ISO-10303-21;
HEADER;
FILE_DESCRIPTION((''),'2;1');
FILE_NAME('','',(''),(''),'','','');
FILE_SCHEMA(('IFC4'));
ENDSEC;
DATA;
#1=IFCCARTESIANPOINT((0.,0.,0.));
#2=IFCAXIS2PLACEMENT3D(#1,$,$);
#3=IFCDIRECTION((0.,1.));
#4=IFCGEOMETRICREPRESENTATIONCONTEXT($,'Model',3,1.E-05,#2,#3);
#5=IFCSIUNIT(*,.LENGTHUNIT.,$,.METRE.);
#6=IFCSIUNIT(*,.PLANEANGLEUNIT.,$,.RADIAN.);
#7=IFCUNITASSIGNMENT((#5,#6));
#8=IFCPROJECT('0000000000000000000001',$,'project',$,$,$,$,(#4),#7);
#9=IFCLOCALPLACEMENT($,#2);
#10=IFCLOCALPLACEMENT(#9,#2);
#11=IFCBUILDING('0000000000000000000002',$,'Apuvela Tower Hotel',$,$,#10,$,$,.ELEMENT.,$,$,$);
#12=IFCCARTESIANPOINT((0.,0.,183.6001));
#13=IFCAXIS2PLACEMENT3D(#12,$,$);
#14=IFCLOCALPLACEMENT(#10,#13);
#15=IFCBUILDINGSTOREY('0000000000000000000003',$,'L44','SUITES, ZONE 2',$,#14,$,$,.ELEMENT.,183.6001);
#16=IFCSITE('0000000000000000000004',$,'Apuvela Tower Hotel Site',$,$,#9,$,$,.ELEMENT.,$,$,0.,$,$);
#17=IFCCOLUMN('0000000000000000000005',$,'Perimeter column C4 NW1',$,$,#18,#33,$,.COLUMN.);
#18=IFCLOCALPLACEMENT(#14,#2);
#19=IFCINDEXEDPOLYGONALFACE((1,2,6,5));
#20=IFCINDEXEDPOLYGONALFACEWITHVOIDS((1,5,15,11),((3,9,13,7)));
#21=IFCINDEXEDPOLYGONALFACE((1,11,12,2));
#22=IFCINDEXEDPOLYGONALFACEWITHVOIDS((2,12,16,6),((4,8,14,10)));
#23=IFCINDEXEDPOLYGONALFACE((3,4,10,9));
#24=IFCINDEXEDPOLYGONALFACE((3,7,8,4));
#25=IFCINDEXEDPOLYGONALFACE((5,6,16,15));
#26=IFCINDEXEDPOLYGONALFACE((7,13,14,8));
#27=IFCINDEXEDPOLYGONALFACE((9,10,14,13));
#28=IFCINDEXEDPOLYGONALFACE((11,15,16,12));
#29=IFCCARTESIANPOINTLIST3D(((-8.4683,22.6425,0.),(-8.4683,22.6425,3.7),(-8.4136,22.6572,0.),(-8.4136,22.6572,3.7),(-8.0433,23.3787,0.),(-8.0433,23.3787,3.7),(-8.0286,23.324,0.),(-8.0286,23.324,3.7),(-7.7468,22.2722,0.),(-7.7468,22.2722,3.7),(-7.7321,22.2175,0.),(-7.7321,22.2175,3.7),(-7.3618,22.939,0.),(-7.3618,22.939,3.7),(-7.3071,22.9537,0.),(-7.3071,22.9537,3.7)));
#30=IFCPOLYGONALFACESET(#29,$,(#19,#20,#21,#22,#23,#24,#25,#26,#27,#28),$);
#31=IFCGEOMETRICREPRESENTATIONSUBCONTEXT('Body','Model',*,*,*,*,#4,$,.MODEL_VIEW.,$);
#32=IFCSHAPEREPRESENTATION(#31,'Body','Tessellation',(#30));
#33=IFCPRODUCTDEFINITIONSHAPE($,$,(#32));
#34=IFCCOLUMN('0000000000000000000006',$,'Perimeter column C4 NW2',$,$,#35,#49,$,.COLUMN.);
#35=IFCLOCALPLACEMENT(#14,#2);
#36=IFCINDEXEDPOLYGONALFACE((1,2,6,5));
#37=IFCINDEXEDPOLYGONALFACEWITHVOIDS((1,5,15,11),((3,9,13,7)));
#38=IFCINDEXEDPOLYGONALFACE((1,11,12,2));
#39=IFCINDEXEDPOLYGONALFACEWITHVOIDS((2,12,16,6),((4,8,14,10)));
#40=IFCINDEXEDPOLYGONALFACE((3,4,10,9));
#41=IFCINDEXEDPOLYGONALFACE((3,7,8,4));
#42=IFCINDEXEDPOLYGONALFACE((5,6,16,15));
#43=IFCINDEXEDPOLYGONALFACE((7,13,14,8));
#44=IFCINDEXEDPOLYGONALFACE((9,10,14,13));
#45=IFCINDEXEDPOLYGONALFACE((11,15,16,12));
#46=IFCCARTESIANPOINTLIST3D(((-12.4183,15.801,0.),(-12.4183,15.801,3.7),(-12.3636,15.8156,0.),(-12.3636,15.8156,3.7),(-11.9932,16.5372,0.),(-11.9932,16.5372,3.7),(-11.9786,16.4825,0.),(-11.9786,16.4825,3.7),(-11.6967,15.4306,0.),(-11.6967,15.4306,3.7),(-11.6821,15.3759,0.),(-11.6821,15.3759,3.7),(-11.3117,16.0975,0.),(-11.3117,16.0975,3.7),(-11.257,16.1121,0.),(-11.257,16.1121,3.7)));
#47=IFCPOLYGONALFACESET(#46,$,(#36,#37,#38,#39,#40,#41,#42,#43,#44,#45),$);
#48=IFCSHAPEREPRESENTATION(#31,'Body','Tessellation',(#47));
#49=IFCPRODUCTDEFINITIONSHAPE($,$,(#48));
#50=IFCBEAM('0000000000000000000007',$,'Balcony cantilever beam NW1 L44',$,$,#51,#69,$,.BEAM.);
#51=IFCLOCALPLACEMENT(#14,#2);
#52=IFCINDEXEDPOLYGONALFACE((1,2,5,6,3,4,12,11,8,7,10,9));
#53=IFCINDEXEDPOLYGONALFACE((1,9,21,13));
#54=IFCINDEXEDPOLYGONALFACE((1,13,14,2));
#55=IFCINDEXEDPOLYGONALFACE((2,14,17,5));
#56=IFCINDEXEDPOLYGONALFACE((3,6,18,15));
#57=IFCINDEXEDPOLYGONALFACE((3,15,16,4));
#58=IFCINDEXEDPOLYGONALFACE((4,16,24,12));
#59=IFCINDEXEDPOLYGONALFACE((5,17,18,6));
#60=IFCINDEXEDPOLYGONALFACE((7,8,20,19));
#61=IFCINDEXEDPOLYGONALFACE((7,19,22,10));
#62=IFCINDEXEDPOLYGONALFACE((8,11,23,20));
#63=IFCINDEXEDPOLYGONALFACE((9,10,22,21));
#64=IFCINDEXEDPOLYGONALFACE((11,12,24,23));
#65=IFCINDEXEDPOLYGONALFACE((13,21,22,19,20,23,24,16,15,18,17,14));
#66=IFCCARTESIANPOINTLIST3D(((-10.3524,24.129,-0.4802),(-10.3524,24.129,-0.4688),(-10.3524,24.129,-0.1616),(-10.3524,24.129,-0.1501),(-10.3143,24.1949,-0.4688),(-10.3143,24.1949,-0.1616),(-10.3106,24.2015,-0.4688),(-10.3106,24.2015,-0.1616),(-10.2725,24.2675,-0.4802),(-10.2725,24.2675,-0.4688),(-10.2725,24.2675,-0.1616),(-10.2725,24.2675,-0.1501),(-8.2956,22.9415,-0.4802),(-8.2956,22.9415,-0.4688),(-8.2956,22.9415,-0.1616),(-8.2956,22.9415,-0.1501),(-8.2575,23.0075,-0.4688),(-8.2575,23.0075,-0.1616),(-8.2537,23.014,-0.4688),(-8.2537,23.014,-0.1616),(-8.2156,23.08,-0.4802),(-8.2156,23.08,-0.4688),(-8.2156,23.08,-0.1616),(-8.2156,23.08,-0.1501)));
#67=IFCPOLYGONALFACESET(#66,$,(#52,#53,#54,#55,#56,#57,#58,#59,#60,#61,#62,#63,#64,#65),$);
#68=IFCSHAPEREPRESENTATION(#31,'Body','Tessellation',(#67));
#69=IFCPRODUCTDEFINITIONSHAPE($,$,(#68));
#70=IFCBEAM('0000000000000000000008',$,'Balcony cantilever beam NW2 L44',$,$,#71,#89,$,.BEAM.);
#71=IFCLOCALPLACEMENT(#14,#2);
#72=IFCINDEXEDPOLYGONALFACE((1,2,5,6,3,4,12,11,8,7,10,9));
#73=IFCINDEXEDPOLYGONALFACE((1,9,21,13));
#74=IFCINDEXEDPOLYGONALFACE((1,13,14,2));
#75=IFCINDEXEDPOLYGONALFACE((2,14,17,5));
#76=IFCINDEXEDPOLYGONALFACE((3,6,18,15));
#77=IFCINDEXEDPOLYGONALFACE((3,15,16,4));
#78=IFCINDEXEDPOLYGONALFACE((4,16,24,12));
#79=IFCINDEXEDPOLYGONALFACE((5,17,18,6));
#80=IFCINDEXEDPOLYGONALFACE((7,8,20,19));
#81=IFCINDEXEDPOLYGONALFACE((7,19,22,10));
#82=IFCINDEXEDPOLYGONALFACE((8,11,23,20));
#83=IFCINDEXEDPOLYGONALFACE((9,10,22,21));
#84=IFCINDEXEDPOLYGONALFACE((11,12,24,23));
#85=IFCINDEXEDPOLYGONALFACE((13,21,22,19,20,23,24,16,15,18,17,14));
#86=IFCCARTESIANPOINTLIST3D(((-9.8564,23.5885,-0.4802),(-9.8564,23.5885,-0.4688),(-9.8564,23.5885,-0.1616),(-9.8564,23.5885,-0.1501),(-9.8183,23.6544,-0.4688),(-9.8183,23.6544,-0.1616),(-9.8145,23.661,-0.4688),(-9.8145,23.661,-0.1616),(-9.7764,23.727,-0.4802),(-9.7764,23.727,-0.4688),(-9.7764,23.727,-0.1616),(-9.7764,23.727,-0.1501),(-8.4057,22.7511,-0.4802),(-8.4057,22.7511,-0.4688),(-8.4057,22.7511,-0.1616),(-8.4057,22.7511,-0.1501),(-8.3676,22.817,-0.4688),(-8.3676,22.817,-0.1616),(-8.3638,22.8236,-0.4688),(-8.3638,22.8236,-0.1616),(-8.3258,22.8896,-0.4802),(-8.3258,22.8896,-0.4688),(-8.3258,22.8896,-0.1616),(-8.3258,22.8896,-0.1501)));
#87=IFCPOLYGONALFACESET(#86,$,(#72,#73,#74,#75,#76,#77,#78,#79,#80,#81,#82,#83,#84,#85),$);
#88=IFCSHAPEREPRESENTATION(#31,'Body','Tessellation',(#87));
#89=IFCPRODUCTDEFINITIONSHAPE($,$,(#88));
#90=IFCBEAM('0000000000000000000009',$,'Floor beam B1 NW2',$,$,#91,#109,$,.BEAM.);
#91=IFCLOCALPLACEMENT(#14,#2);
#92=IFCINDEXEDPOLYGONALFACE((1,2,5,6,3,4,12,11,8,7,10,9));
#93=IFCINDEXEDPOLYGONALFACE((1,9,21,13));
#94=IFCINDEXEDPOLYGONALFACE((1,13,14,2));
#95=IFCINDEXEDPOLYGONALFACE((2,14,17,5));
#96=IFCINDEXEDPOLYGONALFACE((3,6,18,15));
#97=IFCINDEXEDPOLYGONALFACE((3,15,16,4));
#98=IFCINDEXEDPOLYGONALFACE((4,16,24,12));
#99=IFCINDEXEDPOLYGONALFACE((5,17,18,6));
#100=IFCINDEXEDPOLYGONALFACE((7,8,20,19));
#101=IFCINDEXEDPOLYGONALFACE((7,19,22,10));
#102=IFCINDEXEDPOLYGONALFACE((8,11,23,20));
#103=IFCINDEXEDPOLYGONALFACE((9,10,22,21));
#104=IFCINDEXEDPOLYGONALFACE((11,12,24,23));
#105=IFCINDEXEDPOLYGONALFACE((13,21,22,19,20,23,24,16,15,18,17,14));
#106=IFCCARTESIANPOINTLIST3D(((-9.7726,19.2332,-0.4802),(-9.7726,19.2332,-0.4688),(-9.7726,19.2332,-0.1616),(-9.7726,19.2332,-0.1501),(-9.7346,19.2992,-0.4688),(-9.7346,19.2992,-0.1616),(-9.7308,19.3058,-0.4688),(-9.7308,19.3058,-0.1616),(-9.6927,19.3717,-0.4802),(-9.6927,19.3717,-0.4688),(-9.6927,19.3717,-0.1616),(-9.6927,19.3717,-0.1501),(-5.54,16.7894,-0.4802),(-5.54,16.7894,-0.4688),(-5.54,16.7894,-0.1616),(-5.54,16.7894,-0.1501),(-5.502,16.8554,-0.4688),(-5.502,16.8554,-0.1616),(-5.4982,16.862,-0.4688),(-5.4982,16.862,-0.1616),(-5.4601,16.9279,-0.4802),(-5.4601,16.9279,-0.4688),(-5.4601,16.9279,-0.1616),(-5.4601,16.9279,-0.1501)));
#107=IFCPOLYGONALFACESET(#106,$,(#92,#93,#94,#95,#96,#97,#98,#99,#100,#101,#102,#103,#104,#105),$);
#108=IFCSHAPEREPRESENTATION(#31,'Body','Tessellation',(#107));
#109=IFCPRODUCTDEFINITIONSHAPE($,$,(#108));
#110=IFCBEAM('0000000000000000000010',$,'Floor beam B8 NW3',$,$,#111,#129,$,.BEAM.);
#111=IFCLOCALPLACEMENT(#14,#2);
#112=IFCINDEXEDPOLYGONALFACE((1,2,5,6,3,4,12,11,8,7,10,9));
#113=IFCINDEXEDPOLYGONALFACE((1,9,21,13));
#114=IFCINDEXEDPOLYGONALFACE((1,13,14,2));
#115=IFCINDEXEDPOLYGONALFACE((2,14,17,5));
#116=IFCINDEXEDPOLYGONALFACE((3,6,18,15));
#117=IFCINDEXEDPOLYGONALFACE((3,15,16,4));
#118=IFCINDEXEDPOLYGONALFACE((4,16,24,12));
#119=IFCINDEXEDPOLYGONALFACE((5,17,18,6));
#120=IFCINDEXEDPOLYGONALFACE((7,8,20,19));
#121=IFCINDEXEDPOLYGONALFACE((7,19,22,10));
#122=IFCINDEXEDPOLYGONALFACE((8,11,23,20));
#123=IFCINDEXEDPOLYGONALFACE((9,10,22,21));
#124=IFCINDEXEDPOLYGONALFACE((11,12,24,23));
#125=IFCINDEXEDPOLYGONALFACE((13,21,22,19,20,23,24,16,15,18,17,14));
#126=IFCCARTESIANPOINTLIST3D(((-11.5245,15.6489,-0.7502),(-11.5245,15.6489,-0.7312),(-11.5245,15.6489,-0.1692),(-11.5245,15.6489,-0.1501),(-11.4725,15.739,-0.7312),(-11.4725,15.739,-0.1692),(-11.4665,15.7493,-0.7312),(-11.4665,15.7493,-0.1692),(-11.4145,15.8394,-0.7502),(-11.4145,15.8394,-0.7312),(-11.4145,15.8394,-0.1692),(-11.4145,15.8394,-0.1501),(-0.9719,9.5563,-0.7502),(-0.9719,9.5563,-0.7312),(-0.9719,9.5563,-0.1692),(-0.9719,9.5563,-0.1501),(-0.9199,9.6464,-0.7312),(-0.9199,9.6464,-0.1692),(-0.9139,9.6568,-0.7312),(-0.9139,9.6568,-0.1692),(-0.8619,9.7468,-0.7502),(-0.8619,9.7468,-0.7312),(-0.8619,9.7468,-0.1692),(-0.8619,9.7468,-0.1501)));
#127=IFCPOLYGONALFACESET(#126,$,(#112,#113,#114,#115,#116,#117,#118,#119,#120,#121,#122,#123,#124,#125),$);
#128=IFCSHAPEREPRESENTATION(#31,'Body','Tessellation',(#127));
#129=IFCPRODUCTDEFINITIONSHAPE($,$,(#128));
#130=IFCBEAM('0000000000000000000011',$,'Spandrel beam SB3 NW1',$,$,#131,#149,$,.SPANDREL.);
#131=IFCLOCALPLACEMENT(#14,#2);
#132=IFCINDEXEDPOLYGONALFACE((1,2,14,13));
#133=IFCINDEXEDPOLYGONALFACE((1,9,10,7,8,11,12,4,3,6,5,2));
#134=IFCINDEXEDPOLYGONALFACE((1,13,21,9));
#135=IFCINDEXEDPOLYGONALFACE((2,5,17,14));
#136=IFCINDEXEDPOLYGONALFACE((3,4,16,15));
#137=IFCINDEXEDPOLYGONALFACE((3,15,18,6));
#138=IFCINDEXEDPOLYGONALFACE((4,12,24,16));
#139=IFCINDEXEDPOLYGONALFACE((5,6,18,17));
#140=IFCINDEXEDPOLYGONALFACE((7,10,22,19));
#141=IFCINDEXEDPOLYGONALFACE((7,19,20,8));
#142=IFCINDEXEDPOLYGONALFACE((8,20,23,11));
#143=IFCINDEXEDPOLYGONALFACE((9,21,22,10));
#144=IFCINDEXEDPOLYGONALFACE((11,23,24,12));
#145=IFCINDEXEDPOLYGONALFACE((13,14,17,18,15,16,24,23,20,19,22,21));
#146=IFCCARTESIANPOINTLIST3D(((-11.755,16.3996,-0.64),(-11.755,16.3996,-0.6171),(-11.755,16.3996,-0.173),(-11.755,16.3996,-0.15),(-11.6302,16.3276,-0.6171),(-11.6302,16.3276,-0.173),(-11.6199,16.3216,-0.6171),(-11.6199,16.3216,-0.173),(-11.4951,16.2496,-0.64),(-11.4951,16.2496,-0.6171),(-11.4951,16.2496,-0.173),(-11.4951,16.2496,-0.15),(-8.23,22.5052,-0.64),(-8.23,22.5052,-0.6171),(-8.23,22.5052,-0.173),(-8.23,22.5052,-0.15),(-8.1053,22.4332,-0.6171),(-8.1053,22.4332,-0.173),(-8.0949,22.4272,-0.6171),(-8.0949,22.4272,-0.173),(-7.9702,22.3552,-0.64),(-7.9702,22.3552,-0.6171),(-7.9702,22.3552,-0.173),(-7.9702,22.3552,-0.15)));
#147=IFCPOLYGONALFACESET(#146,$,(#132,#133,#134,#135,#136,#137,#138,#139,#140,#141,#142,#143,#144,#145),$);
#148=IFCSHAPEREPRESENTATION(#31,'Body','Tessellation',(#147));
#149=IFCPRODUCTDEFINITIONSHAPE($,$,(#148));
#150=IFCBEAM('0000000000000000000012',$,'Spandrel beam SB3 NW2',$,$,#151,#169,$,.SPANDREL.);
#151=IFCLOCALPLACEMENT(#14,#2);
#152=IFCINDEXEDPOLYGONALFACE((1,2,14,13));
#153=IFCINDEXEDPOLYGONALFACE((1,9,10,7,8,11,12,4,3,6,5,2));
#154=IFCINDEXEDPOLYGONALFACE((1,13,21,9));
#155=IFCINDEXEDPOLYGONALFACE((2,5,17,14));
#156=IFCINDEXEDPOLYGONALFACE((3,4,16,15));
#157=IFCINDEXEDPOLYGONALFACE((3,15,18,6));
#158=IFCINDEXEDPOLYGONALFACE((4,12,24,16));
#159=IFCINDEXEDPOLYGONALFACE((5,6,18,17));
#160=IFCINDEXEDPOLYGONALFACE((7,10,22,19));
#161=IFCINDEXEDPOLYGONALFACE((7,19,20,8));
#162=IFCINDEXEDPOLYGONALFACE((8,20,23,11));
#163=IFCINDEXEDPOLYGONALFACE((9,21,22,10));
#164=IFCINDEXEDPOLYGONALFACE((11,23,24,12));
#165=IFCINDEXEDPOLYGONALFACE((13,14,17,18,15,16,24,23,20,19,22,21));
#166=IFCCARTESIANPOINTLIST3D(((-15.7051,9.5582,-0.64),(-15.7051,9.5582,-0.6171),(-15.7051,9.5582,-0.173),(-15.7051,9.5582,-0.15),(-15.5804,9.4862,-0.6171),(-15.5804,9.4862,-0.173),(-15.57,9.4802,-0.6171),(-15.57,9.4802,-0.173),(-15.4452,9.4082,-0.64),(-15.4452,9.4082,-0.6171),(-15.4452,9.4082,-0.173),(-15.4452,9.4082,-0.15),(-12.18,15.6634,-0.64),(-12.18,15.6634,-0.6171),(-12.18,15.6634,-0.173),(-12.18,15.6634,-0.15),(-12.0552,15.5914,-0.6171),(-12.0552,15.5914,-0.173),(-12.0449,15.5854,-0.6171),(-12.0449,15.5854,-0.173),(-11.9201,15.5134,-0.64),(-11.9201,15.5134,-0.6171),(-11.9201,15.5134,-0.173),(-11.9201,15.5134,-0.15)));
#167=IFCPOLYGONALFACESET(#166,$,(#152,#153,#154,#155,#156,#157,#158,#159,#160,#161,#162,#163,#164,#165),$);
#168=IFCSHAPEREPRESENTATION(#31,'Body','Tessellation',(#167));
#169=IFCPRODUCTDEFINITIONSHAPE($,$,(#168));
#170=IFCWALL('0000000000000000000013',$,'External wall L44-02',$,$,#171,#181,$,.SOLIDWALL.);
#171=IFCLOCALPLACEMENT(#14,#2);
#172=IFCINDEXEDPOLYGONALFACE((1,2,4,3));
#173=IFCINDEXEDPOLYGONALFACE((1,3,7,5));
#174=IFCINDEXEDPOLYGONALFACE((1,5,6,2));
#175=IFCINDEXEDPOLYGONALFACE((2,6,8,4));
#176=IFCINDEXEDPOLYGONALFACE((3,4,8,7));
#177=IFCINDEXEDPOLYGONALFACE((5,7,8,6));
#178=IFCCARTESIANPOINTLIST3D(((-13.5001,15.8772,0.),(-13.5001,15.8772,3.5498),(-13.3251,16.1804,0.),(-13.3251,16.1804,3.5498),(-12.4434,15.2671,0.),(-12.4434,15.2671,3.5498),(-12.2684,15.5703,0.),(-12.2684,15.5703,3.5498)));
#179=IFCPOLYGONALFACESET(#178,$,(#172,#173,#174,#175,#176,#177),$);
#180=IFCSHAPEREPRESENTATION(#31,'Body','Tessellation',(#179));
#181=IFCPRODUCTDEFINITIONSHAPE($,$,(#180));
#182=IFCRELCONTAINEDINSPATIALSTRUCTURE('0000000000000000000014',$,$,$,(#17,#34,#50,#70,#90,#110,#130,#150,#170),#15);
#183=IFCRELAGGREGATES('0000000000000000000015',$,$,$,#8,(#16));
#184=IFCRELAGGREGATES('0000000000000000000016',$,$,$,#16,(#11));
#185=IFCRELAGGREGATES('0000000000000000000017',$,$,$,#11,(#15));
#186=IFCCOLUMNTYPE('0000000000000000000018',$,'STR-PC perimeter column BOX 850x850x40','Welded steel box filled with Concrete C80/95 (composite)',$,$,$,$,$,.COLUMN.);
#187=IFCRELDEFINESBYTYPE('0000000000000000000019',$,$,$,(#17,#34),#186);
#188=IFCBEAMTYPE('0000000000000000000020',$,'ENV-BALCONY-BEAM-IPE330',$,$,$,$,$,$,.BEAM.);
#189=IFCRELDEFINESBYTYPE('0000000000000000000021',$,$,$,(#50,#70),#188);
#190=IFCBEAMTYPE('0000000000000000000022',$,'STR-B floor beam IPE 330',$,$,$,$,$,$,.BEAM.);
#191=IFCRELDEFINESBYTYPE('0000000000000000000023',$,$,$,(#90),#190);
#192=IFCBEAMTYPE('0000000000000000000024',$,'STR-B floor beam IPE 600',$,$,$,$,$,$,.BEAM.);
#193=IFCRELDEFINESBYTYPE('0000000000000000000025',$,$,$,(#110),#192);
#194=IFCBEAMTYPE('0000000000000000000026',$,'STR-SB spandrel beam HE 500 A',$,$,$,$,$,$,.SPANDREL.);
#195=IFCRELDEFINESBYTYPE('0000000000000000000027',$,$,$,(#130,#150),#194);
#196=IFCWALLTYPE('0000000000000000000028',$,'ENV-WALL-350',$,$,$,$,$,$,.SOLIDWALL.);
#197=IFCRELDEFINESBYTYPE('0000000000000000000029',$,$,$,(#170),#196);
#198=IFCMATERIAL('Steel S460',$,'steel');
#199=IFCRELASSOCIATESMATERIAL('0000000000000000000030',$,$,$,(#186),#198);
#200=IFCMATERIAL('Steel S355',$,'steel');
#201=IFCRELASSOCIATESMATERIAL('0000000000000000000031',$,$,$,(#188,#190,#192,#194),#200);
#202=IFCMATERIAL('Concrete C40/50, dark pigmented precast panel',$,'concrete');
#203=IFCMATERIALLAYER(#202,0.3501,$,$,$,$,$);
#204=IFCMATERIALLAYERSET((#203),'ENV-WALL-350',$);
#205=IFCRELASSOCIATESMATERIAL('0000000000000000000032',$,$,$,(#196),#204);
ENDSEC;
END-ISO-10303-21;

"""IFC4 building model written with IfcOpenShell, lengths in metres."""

from ifc_helpers import new_model, si_unit, direction, frame, frame_2d, origin, origin_2d, place, context, subcontext, project, spatial, rectangle, hollow_rectangle, i_section, extrude, material, layer, layer_set, material_profile, profile_set, type_object, element, save


model = new_model("IFC4")

# Units and contexts
model_context = context("Model", 3, precision=1e-05, world=origin(), true_north=direction((0.0, 1.0)))
body_context = subcontext(model_context, "Body", "Model", "MODEL_VIEW")
ifc_project = project(units=[si_unit("LENGTHUNIT", "METRE"), si_unit("PLANEANGLEUNIT", "RADIAN")], contexts=[model_context])

# Site, building, storey
site_placement = place(None, origin())
site = spatial("IfcSite", under=ifc_project, at=site_placement, Name="Apuvela Tower Hotel Site", CompositionType="ELEMENT", RefElevation=0.0)
building_placement = place(site_placement, origin())
building = spatial("IfcBuilding", under=site, at=building_placement, Name="Apuvela Tower Hotel", CompositionType="ELEMENT")
storey_placement = place(building_placement, frame((0.0, 0.0, 183.6001)))
storey = spatial("IfcBuildingStorey", under=building, at=storey_placement, Name="L44", Description="SUITES, ZONE 2", CompositionType="ELEMENT", Elevation=183.6001)

# Columns
ifc_material_1 = material(Name="Steel S460", Category="steel")
ifc_material_profile_1 = material_profile(ifc_material_1, hollow_rectangle(XDim=0.8501, YDim=0.8501, WallThickness=0.04, at=origin_2d()), Name="BOX 850x850x40")
ifc_material_2 = material(Name="Concrete C80/95", Category="concrete")
ifc_material_profile_2 = material_profile(ifc_material_2, rectangle(XDim=0.77, YDim=0.77, at=origin_2d()), Name="Concrete C80/95 infill")
ifc_profile_set_1 = profile_set([ifc_material_profile_1, ifc_material_profile_2], Name="Steel S460")
column_type = type_object("IfcColumnType", Name="STR-PC perimeter column BOX 850x850x40", Description="Welded steel box filled with Concrete C80/95 (composite)", PredefinedType="COLUMN", material=ifc_profile_set_1)
for number, where, z_axis, x_axis, name in (
    (1, (-7.8877, 22.7981, 0.0), (0.0, 0.0, 1.0), (0.5, 0.866025, 0.0), "Perimeter column C4 NW1"),
    (2, (-11.8376, 15.9565, 0.0), (0.0, 0.0, 1.0), (0.5, 0.866025, 0.0), "Perimeter column C4 NW2"),
):
    element("IfcColumn", number, at=place(storey_placement, frame(where, z_axis=z_axis, x_axis=x_axis)), inside=storey, type_object=column_type, Name=name, PredefinedType="COLUMN", context=body_context, shape_type="SweptSolid", body=[
        extrude(hollow_rectangle(XDim=0.8501, YDim=0.8501, WallThickness=0.04, at=origin_2d()), origin(), (0.0, 0.0, 1.0), 3.7),
    ])

# Beams
ifc_material_3 = material(Name="Steel S355", Category="steel")
ifc_material_profile_3 = material_profile(ifc_material_3, i_section(OverallWidth=0.1599, OverallDepth=0.3301, WebThickness=0.0076, FlangeThickness=0.0115, at=origin_2d()), Name="IPE 330")
ifc_profile_set_2 = profile_set([ifc_material_profile_3], Name="Steel S355")
beam_type_1 = type_object("IfcBeamType", Name="ENV-BALCONY-BEAM-IPE330", PredefinedType="BEAM", material=ifc_profile_set_2)
beam_1_placement = place(storey_placement, frame((-8.2556, 23.0107, -0.3152), z_axis=(-0.866033, 0.499986, 0.0), x_axis=(-0.499986, -0.866033, 0.0)))
element("IfcBeam", 3, at=beam_1_placement, inside=storey, type_object=beam_type_1, Name="Balcony cantilever beam NW1 L44", PredefinedType="BEAM", context=body_context, shape_type="SweptSolid", body=[
    extrude(i_section(OverallWidth=0.1599, OverallDepth=0.3301, WebThickness=0.0076, FlangeThickness=0.0115, at=origin_2d()), origin(), (0.0, 0.0, 1.0), 2.375),
])
beam_2_placement = place(storey_placement, frame((-8.3657, 22.8203, -0.3152), z_axis=(-0.866064, 0.499933, 0.0), x_axis=(-0.499933, -0.866064, 0.0)))
element("IfcBeam", 4, at=beam_2_placement, inside=storey, type_object=beam_type_1, Name="Balcony cantilever beam NW2 L44", PredefinedType="BEAM", context=body_context, shape_type="SweptSolid", body=[
    extrude(i_section(OverallWidth=0.1599, OverallDepth=0.3301, WebThickness=0.0076, FlangeThickness=0.0115, at=origin_2d()), origin(), (0.0, 0.0, 1.0), 1.675),
])
ifc_material_profile_4 = material_profile(ifc_material_3, i_section(OverallWidth=0.1599, OverallDepth=0.3301, WebThickness=0.0076, FlangeThickness=0.0115, at=origin_2d()), Name="IPE 330")
ifc_profile_set_3 = profile_set([ifc_material_profile_4], Name="Steel S355")
beam_type_2 = type_object("IfcBeamType", Name="STR-B floor beam IPE 330", PredefinedType="BEAM", material=ifc_profile_set_3)
beam_3_placement = place(storey_placement, frame((-9.7327, 19.3025, -0.3152), z_axis=(0.866015, -0.500018, 0.0), x_axis=(0.500018, 0.866015, 0.0)))
element("IfcBeam", 5, at=beam_3_placement, inside=storey, type_object=beam_type_2, Name="Floor beam B1 NW2", PredefinedType="BEAM", context=body_context, shape_type="SweptSolid", body=[
    extrude(i_section(OverallWidth=0.1599, OverallDepth=0.3301, WebThickness=0.0076, FlangeThickness=0.0115, at=origin_2d()), origin(), (0.0, 0.0, 1.0), 4.8875),
])
ifc_material_profile_5 = material_profile(ifc_material_3, i_section(OverallWidth=0.22, OverallDepth=0.6001, WebThickness=0.012, FlangeThickness=0.019, at=origin_2d()), Name="IPE 600")
ifc_profile_set_4 = profile_set([ifc_material_profile_5], Name="Steel S355")
beam_type_3 = type_object("IfcBeamType", Name="STR-B floor beam IPE 600", PredefinedType="BEAM", material=ifc_profile_set_4)
beam_4_placement = place(storey_placement, frame((-11.4695, 15.7441, -0.4502), z_axis=(0.866024, -0.500003, 0.0), x_axis=(0.500003, 0.866024, 0.0)))
element("IfcBeam", 6, at=beam_4_placement, inside=storey, type_object=beam_type_3, Name="Floor beam B8 NW3", PredefinedType="BEAM", context=body_context, shape_type="SweptSolid", body=[
    extrude(i_section(OverallWidth=0.22, OverallDepth=0.6001, WebThickness=0.012, FlangeThickness=0.019, at=origin_2d()), origin(), (0.0, 0.0, 1.0), 12.1851),
])
ifc_material_profile_6 = material_profile(ifc_material_3, i_section(OverallWidth=0.3, OverallDepth=0.49, WebThickness=0.012, FlangeThickness=0.0229, at=origin_2d()), Name="HE 500 A")
ifc_profile_set_5 = profile_set([ifc_material_profile_6], Name="Steel S355")
beam_type_4 = type_object("IfcBeamType", Name="STR-SB spandrel beam HE 500 A", PredefinedType="SPANDREL", material=ifc_profile_set_5)
beam_5_placement = place(storey_placement, frame((-8.1001, 22.4302, -0.395), z_axis=(-0.49999, -0.866031, 0.0), x_axis=(0.866031, -0.49999, 0.0)))
element("IfcBeam", 7, at=beam_5_placement, inside=storey, type_object=beam_type_4, Name="Spandrel beam SB3 NW1", PredefinedType="SPANDREL", context=body_context, shape_type="SweptSolid", body=[
    extrude(i_section(OverallWidth=0.3, OverallDepth=0.49, WebThickness=0.012, FlangeThickness=0.0229, at=origin_2d()), origin(), (0.0, 0.0, 1.0), 7.05),
])
beam_6_placement = place(storey_placement, frame((-12.05, 15.5884, -0.395), z_axis=(-0.500031, -0.866007, 0.0), x_axis=(0.866007, -0.500031, 0.0)))
element("IfcBeam", 8, at=beam_6_placement, inside=storey, type_object=beam_type_4, Name="Spandrel beam SB3 NW2", PredefinedType="SPANDREL", context=body_context, shape_type="SweptSolid", body=[
    extrude(i_section(OverallWidth=0.3, OverallDepth=0.49, WebThickness=0.012, FlangeThickness=0.0229, at=origin_2d()), origin(), (0.0, 0.0, 1.0), 7.0498),
])

# Wall
ifc_material_4 = material(Name="Concrete C40/50, dark pigmented precast panel", Category="concrete")
ifc_layer_1 = layer(ifc_material_4, 0.3501)
ifc_layer_set_1 = layer_set([ifc_layer_1], Name="ENV-WALL-350")
wall_type_1 = type_object("IfcWallType", Name="ENV-WALL-350", PredefinedType="SOLIDWALL", material=ifc_layer_set_1)
wall_1_placement = place(storey_placement, frame((-13.4126, 16.0288, 0.0), z_axis=(0.0, 0.0, 1.0), x_axis=(0.866006, -0.500034, 0.0)))
element("IfcWall", 9, at=wall_1_placement, inside=storey, type_object=wall_type_1, Name="External wall L44-02", PredefinedType="SOLIDWALL", context=body_context, shape_type="SweptSolid", body=[
    extrude(rectangle(XDim=1.2202, YDim=0.3501, at=frame_2d((0.6101, 0.0))), origin(), (0.0, 0.0, 1.0), 3.5498),
])

save(model, "model.ifc")
